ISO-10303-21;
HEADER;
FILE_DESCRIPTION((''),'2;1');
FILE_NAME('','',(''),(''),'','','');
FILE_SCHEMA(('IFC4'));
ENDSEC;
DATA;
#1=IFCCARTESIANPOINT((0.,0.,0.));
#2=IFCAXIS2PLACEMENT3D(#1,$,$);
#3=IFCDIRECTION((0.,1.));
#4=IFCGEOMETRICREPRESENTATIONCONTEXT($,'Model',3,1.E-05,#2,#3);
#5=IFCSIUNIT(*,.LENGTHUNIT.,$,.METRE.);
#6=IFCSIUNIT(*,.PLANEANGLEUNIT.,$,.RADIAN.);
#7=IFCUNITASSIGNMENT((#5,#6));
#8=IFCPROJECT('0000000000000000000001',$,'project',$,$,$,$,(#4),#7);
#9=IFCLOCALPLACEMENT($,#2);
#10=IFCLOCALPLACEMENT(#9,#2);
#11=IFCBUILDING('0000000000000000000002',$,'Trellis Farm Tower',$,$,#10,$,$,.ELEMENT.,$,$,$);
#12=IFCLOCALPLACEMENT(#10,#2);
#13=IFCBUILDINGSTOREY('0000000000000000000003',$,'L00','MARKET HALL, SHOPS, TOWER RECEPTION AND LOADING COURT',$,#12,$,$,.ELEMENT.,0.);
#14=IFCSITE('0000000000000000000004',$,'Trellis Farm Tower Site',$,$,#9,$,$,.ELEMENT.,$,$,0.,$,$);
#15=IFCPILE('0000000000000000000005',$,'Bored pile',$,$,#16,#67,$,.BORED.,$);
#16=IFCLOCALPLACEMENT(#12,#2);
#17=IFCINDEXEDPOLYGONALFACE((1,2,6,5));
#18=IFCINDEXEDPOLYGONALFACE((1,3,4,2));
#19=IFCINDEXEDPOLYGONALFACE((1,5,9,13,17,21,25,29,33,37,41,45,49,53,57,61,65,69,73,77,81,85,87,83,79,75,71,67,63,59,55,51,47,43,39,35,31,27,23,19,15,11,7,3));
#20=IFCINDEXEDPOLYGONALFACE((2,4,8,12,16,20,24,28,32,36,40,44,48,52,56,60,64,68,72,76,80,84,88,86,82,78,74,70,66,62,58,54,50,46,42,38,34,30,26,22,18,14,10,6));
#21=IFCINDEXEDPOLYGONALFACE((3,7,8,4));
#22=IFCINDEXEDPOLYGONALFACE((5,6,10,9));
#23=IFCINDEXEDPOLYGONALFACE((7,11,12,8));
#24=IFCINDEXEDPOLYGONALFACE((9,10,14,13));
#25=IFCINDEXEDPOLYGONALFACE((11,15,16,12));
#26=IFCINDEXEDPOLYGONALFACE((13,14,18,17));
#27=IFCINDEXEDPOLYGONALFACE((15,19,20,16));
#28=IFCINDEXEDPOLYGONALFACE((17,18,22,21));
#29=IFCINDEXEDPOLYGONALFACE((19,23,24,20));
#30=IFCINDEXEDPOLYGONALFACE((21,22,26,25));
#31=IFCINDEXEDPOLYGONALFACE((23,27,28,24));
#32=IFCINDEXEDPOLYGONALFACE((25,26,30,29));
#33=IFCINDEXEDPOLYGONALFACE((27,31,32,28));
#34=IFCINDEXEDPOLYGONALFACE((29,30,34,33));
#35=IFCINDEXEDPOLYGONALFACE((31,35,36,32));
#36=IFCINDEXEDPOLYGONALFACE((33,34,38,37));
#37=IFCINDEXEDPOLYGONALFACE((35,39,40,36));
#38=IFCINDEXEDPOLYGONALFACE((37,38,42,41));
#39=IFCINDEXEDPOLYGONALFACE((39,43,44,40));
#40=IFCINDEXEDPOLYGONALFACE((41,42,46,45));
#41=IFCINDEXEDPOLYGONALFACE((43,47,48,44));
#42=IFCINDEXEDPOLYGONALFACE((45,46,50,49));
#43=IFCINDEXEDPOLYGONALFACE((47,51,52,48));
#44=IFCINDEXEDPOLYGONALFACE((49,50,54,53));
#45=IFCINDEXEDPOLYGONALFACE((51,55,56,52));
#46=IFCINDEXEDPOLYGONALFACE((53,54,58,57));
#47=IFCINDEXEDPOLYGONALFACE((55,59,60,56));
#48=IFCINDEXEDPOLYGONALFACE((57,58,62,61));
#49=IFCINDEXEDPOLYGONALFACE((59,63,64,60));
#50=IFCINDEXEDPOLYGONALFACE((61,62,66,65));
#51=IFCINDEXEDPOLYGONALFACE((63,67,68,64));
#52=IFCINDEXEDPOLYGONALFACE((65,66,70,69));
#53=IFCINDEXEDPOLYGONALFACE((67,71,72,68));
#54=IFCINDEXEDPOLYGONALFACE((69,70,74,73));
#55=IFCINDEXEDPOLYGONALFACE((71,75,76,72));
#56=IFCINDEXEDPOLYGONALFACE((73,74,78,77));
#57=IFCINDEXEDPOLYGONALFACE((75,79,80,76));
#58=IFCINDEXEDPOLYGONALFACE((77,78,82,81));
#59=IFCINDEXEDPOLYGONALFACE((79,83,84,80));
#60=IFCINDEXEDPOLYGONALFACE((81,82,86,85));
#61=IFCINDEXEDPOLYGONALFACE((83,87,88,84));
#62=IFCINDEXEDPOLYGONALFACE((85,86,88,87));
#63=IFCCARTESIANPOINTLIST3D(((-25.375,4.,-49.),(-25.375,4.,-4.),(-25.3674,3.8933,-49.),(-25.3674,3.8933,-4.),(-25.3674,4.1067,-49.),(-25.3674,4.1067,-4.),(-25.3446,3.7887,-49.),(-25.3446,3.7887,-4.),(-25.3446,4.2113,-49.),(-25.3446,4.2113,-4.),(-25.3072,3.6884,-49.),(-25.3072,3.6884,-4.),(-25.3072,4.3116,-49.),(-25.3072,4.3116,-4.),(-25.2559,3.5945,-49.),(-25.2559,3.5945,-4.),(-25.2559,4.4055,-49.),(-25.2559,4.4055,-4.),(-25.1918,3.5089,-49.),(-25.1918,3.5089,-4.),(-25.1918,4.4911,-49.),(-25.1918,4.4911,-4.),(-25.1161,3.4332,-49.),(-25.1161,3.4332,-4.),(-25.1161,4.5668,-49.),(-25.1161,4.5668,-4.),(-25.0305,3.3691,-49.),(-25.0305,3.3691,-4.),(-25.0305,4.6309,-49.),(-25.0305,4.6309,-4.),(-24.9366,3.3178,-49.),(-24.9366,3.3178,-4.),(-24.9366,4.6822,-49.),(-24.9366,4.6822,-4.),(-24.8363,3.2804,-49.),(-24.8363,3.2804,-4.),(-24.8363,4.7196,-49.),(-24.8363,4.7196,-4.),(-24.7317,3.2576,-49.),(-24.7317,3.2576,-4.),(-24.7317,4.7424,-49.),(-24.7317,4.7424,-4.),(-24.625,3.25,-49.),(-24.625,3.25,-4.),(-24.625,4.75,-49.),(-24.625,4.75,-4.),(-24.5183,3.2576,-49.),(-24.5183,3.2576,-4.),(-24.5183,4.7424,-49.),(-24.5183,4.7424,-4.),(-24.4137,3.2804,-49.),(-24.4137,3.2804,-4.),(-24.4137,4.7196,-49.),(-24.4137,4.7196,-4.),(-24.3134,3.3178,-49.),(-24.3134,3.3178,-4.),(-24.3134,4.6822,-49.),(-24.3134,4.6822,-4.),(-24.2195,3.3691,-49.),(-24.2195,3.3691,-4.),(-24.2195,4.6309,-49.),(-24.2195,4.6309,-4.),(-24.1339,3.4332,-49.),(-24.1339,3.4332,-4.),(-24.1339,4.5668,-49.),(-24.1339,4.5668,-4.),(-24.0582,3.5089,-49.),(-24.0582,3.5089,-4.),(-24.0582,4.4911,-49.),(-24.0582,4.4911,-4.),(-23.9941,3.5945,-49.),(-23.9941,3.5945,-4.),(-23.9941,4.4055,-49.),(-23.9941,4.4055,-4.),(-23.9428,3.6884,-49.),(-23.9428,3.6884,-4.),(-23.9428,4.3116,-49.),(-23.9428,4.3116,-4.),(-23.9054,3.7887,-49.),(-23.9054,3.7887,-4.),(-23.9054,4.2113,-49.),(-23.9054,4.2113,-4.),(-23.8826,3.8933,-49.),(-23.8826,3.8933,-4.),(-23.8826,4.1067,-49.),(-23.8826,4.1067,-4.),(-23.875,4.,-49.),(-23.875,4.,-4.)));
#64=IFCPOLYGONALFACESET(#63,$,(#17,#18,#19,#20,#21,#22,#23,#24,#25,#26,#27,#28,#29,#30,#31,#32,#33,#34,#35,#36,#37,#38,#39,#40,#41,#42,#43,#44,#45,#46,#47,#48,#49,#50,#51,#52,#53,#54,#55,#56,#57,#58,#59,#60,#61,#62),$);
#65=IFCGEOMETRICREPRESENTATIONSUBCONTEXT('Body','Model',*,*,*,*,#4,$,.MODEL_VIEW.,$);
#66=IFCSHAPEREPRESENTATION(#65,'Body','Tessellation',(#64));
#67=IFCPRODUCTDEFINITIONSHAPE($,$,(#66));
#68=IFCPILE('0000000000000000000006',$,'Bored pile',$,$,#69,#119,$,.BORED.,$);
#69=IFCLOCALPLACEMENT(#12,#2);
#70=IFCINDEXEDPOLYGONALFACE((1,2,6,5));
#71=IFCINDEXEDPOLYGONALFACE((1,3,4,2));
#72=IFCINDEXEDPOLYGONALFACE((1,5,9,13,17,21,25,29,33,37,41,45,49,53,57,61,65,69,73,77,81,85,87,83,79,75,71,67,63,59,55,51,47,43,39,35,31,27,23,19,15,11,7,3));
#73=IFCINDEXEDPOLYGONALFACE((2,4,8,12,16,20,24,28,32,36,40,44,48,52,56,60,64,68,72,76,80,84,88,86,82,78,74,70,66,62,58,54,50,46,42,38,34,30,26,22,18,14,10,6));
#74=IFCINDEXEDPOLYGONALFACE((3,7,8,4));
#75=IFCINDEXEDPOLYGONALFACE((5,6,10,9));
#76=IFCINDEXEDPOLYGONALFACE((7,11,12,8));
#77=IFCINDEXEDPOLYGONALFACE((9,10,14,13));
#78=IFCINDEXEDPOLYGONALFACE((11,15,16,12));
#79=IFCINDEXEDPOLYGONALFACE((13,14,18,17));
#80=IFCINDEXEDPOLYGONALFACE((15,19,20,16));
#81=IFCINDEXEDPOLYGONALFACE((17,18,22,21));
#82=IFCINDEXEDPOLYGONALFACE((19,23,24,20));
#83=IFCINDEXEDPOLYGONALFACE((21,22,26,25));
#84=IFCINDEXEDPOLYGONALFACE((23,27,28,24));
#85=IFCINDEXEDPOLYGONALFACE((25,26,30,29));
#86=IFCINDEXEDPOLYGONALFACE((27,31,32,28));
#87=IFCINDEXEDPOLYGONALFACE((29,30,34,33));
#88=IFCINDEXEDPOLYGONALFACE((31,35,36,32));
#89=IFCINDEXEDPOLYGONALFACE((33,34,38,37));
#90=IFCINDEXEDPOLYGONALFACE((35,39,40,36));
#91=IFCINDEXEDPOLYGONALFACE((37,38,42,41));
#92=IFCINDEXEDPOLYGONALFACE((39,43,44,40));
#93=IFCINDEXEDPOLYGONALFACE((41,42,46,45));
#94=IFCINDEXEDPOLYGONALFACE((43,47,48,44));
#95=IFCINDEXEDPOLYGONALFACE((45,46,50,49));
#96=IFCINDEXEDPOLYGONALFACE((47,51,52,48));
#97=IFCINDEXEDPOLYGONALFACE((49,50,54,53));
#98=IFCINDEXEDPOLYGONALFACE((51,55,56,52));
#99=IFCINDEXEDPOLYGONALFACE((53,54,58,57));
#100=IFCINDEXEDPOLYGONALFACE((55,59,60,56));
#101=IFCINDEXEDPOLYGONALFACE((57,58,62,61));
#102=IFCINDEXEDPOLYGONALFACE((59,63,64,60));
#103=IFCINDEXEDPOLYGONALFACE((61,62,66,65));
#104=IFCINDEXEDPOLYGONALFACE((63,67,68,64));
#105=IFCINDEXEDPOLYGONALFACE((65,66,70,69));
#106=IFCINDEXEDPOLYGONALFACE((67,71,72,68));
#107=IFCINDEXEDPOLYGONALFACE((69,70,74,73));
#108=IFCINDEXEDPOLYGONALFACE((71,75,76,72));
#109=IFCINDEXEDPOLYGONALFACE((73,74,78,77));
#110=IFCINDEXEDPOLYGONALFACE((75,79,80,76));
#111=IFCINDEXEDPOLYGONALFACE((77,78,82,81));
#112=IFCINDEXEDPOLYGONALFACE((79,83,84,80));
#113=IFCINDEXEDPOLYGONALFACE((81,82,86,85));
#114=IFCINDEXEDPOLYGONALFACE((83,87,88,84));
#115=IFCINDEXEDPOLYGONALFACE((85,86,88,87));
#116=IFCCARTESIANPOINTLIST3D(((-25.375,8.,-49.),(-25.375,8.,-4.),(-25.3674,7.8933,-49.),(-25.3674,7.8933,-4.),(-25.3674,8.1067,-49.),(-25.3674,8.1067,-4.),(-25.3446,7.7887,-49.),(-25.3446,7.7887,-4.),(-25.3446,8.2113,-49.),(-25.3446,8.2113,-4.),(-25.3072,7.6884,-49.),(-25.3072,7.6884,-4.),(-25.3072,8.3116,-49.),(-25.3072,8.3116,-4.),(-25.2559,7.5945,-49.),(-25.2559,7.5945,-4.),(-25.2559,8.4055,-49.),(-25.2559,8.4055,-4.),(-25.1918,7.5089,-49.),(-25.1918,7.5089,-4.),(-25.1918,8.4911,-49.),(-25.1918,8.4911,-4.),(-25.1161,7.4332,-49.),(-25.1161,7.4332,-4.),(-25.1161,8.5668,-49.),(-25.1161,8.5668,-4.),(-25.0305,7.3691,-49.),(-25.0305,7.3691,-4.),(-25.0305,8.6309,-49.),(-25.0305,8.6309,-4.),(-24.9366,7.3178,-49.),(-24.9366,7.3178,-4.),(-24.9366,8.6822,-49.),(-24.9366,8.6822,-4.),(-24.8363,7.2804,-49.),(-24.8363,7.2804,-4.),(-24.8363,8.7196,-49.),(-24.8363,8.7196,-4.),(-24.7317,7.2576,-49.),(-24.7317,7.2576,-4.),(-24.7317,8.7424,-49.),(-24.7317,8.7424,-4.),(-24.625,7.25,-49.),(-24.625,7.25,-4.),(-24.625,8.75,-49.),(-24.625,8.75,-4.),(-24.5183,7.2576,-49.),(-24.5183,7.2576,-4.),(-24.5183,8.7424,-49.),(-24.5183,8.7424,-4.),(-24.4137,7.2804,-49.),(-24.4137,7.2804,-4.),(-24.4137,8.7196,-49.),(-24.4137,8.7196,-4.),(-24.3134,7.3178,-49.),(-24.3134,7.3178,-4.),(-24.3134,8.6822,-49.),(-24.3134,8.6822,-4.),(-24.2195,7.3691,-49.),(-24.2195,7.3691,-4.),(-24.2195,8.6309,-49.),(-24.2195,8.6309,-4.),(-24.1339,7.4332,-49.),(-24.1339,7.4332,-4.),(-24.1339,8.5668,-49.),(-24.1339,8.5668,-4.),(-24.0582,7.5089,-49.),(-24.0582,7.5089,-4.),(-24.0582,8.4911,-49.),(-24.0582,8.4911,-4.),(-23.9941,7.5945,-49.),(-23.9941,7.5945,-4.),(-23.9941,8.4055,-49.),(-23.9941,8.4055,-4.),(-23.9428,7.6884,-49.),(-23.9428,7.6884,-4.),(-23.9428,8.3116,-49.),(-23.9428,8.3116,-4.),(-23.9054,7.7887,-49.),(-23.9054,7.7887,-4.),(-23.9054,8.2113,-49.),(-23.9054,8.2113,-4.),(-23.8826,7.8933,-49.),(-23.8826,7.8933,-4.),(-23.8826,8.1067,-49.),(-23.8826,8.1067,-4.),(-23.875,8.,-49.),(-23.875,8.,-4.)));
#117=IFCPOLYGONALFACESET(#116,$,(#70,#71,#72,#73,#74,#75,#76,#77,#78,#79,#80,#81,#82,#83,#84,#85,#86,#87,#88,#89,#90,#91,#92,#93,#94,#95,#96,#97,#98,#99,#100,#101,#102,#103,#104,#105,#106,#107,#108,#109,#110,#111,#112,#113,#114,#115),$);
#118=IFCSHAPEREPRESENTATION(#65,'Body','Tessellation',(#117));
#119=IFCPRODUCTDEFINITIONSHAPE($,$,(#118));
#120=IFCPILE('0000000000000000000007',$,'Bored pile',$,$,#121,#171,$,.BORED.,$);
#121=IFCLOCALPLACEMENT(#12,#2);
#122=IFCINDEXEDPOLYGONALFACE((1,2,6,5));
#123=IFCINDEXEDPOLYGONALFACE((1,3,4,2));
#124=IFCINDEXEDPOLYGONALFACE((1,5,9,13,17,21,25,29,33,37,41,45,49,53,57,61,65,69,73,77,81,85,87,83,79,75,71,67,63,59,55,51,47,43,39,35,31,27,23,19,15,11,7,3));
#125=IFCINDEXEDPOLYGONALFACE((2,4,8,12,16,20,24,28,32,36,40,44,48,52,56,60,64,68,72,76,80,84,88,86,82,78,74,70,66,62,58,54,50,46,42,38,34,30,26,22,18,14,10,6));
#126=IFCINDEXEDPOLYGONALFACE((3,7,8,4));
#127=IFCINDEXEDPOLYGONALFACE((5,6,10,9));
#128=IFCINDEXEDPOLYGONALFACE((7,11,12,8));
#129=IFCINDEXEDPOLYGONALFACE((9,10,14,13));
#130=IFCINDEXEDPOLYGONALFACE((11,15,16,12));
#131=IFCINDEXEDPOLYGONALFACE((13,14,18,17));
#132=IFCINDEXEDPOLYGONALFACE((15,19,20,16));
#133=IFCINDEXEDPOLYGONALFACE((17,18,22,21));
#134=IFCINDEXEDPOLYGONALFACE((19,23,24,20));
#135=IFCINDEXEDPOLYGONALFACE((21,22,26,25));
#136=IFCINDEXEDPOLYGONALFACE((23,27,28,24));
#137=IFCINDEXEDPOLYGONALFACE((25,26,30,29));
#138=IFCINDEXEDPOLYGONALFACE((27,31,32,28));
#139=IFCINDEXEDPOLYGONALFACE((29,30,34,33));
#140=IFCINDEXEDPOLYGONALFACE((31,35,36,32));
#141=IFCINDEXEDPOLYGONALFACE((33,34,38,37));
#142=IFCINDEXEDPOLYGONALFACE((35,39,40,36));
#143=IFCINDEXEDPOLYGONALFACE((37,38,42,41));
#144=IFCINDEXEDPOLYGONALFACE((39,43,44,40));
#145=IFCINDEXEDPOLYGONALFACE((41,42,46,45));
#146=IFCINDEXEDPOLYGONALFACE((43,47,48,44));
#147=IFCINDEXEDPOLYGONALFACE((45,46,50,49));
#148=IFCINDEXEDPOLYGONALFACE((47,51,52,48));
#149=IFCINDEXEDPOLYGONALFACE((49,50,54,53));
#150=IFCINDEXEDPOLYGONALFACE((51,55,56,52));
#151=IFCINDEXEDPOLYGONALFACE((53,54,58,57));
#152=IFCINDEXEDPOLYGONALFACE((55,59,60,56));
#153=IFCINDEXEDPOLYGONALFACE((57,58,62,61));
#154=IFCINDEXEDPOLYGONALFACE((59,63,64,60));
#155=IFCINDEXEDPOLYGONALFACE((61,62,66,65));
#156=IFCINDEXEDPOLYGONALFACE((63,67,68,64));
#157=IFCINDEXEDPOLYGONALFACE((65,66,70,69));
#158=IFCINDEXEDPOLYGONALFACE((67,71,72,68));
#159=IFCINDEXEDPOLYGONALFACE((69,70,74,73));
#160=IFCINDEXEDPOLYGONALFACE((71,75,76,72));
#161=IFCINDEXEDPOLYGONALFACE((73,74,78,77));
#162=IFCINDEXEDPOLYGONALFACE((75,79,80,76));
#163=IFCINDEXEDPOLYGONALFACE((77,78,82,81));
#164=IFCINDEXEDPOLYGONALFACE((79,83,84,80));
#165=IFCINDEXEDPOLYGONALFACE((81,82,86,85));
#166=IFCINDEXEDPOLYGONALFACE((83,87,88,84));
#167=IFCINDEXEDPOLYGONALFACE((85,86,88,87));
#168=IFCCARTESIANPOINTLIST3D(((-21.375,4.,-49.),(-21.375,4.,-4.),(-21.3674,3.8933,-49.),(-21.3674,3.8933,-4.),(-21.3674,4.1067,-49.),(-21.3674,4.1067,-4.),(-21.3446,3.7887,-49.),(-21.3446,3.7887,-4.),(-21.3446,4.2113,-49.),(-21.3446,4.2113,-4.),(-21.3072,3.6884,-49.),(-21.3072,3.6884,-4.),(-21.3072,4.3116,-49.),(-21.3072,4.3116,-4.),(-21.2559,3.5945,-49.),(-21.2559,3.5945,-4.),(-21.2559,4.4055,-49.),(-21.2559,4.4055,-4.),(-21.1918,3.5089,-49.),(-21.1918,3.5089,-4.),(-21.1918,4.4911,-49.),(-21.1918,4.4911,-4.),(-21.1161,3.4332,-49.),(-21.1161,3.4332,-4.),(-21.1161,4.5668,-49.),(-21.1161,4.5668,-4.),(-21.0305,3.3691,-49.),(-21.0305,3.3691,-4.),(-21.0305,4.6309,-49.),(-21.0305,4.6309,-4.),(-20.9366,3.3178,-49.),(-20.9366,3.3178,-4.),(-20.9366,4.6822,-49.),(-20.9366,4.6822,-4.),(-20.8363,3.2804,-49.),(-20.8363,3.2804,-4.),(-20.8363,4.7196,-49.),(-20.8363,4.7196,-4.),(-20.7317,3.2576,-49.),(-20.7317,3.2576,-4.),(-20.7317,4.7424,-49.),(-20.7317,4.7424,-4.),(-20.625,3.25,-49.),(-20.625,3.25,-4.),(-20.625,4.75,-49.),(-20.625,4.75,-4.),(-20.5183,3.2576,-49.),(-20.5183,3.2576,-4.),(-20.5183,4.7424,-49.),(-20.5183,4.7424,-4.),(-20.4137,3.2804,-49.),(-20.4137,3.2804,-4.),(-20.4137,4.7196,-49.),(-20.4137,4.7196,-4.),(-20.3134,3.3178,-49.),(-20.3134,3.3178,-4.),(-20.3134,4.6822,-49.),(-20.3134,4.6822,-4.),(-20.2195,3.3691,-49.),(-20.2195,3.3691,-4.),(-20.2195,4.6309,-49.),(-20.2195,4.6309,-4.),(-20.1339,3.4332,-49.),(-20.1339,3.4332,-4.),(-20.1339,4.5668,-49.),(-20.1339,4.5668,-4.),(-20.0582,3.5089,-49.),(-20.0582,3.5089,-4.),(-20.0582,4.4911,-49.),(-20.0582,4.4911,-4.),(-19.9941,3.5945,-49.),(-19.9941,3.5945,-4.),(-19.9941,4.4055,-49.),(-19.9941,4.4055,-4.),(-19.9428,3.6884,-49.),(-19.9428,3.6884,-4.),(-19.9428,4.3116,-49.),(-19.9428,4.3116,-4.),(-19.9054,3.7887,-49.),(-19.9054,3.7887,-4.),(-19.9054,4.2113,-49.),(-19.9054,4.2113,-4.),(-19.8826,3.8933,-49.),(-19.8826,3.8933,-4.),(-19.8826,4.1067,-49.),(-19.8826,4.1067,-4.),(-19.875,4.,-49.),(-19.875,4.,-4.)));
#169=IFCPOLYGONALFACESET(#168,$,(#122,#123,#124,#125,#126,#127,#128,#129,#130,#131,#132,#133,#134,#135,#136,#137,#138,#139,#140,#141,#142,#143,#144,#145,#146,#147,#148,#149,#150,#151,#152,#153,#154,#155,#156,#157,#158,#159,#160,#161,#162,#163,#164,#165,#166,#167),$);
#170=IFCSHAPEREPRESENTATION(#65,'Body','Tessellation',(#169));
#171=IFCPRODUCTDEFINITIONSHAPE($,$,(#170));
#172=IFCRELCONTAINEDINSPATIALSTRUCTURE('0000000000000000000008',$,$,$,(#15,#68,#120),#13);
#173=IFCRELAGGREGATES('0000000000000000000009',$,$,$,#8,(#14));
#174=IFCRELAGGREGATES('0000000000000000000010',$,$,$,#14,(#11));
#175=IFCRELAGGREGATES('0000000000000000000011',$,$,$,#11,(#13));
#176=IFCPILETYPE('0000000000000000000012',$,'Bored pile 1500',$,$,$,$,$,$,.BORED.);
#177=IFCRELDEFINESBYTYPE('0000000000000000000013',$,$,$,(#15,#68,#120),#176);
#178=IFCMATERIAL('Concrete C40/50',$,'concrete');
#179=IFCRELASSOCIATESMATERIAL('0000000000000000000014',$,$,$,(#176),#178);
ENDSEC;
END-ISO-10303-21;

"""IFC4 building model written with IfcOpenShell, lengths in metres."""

from ifc_helpers import new_model, si_unit, direction, frame, origin, origin_2d, place, context, subcontext, project, spatial, circle, extrude, source, transform, mapped, material, material_profile, profile_set, type_object, element, save


model = new_model("IFC4")

# Units and contexts
model_context = context("Model", 3, precision=1e-05, world=origin(), true_north=direction((0.0, 1.0)))
body_context = subcontext(model_context, "Body", "Model", "MODEL_VIEW")
ifc_project = project(units=[si_unit("LENGTHUNIT", "METRE"), si_unit("PLANEANGLEUNIT", "RADIAN")], contexts=[model_context])

# Site, building, storey
site_placement = place(None, origin())
site = spatial("IfcSite", under=ifc_project, at=site_placement, Name="Trellis Farm Tower Site", CompositionType="ELEMENT", RefElevation=0.0)
building_placement = place(site_placement, origin())
building = spatial("IfcBuilding", under=site, at=building_placement, Name="Trellis Farm Tower", CompositionType="ELEMENT")
storey_placement = place(building_placement, origin())
storey = spatial("IfcBuildingStorey", under=building, at=storey_placement, Name="L00", Description="MARKET HALL, SHOPS, TOWER RECEPTION AND LOADING COURT", CompositionType="ELEMENT", Elevation=0.0)

# Piles
ifc_material_1 = material(Name="Concrete C40/50", Category="concrete")
ifc_material_profile = material_profile(ifc_material_1, circle(Radius=0.75, at=origin_2d()), Name="Bored pile 1500")
ifc_profile_set = profile_set([ifc_material_profile], Name="Concrete C40/50")
pile_type = type_object("IfcPileType", Name="Bored pile 1500", PredefinedType="BORED", material=ifc_profile_set)
shared_shape_1 = source(origin(), body_context, "Body", "SweptSolid", [
    extrude(circle(Radius=0.75, at=origin_2d()), origin(), (0.0, 0.0, 1.0), 45.0),
])
for number, where, z_axis, x_axis, name in (
    (1, (-24.625, 4.0, -4.0), (0.0, 0.0, -1.0), (1.0, 0.0, 0.0), "Bored pile"),
    (2, (-24.625, 8.0, -4.0), (0.0, 0.0, -1.0), (1.0, 0.0, 0.0), "Bored pile"),
    (3, (-20.625, 4.0, -4.0), (0.0, 0.0, -1.0), (1.0, 0.0, 0.0), "Bored pile"),
):
    element("IfcPile", number, at=place(storey_placement, frame(where, z_axis=z_axis, x_axis=x_axis)), inside=storey, type_object=pile_type, Name=name, PredefinedType="BORED", context=body_context, shape_type="MappedRepresentation", body=[
        mapped(shared_shape_1, transform((0.0, 0.0, 0.0))),
    ])

save(model, "model.ifc")
